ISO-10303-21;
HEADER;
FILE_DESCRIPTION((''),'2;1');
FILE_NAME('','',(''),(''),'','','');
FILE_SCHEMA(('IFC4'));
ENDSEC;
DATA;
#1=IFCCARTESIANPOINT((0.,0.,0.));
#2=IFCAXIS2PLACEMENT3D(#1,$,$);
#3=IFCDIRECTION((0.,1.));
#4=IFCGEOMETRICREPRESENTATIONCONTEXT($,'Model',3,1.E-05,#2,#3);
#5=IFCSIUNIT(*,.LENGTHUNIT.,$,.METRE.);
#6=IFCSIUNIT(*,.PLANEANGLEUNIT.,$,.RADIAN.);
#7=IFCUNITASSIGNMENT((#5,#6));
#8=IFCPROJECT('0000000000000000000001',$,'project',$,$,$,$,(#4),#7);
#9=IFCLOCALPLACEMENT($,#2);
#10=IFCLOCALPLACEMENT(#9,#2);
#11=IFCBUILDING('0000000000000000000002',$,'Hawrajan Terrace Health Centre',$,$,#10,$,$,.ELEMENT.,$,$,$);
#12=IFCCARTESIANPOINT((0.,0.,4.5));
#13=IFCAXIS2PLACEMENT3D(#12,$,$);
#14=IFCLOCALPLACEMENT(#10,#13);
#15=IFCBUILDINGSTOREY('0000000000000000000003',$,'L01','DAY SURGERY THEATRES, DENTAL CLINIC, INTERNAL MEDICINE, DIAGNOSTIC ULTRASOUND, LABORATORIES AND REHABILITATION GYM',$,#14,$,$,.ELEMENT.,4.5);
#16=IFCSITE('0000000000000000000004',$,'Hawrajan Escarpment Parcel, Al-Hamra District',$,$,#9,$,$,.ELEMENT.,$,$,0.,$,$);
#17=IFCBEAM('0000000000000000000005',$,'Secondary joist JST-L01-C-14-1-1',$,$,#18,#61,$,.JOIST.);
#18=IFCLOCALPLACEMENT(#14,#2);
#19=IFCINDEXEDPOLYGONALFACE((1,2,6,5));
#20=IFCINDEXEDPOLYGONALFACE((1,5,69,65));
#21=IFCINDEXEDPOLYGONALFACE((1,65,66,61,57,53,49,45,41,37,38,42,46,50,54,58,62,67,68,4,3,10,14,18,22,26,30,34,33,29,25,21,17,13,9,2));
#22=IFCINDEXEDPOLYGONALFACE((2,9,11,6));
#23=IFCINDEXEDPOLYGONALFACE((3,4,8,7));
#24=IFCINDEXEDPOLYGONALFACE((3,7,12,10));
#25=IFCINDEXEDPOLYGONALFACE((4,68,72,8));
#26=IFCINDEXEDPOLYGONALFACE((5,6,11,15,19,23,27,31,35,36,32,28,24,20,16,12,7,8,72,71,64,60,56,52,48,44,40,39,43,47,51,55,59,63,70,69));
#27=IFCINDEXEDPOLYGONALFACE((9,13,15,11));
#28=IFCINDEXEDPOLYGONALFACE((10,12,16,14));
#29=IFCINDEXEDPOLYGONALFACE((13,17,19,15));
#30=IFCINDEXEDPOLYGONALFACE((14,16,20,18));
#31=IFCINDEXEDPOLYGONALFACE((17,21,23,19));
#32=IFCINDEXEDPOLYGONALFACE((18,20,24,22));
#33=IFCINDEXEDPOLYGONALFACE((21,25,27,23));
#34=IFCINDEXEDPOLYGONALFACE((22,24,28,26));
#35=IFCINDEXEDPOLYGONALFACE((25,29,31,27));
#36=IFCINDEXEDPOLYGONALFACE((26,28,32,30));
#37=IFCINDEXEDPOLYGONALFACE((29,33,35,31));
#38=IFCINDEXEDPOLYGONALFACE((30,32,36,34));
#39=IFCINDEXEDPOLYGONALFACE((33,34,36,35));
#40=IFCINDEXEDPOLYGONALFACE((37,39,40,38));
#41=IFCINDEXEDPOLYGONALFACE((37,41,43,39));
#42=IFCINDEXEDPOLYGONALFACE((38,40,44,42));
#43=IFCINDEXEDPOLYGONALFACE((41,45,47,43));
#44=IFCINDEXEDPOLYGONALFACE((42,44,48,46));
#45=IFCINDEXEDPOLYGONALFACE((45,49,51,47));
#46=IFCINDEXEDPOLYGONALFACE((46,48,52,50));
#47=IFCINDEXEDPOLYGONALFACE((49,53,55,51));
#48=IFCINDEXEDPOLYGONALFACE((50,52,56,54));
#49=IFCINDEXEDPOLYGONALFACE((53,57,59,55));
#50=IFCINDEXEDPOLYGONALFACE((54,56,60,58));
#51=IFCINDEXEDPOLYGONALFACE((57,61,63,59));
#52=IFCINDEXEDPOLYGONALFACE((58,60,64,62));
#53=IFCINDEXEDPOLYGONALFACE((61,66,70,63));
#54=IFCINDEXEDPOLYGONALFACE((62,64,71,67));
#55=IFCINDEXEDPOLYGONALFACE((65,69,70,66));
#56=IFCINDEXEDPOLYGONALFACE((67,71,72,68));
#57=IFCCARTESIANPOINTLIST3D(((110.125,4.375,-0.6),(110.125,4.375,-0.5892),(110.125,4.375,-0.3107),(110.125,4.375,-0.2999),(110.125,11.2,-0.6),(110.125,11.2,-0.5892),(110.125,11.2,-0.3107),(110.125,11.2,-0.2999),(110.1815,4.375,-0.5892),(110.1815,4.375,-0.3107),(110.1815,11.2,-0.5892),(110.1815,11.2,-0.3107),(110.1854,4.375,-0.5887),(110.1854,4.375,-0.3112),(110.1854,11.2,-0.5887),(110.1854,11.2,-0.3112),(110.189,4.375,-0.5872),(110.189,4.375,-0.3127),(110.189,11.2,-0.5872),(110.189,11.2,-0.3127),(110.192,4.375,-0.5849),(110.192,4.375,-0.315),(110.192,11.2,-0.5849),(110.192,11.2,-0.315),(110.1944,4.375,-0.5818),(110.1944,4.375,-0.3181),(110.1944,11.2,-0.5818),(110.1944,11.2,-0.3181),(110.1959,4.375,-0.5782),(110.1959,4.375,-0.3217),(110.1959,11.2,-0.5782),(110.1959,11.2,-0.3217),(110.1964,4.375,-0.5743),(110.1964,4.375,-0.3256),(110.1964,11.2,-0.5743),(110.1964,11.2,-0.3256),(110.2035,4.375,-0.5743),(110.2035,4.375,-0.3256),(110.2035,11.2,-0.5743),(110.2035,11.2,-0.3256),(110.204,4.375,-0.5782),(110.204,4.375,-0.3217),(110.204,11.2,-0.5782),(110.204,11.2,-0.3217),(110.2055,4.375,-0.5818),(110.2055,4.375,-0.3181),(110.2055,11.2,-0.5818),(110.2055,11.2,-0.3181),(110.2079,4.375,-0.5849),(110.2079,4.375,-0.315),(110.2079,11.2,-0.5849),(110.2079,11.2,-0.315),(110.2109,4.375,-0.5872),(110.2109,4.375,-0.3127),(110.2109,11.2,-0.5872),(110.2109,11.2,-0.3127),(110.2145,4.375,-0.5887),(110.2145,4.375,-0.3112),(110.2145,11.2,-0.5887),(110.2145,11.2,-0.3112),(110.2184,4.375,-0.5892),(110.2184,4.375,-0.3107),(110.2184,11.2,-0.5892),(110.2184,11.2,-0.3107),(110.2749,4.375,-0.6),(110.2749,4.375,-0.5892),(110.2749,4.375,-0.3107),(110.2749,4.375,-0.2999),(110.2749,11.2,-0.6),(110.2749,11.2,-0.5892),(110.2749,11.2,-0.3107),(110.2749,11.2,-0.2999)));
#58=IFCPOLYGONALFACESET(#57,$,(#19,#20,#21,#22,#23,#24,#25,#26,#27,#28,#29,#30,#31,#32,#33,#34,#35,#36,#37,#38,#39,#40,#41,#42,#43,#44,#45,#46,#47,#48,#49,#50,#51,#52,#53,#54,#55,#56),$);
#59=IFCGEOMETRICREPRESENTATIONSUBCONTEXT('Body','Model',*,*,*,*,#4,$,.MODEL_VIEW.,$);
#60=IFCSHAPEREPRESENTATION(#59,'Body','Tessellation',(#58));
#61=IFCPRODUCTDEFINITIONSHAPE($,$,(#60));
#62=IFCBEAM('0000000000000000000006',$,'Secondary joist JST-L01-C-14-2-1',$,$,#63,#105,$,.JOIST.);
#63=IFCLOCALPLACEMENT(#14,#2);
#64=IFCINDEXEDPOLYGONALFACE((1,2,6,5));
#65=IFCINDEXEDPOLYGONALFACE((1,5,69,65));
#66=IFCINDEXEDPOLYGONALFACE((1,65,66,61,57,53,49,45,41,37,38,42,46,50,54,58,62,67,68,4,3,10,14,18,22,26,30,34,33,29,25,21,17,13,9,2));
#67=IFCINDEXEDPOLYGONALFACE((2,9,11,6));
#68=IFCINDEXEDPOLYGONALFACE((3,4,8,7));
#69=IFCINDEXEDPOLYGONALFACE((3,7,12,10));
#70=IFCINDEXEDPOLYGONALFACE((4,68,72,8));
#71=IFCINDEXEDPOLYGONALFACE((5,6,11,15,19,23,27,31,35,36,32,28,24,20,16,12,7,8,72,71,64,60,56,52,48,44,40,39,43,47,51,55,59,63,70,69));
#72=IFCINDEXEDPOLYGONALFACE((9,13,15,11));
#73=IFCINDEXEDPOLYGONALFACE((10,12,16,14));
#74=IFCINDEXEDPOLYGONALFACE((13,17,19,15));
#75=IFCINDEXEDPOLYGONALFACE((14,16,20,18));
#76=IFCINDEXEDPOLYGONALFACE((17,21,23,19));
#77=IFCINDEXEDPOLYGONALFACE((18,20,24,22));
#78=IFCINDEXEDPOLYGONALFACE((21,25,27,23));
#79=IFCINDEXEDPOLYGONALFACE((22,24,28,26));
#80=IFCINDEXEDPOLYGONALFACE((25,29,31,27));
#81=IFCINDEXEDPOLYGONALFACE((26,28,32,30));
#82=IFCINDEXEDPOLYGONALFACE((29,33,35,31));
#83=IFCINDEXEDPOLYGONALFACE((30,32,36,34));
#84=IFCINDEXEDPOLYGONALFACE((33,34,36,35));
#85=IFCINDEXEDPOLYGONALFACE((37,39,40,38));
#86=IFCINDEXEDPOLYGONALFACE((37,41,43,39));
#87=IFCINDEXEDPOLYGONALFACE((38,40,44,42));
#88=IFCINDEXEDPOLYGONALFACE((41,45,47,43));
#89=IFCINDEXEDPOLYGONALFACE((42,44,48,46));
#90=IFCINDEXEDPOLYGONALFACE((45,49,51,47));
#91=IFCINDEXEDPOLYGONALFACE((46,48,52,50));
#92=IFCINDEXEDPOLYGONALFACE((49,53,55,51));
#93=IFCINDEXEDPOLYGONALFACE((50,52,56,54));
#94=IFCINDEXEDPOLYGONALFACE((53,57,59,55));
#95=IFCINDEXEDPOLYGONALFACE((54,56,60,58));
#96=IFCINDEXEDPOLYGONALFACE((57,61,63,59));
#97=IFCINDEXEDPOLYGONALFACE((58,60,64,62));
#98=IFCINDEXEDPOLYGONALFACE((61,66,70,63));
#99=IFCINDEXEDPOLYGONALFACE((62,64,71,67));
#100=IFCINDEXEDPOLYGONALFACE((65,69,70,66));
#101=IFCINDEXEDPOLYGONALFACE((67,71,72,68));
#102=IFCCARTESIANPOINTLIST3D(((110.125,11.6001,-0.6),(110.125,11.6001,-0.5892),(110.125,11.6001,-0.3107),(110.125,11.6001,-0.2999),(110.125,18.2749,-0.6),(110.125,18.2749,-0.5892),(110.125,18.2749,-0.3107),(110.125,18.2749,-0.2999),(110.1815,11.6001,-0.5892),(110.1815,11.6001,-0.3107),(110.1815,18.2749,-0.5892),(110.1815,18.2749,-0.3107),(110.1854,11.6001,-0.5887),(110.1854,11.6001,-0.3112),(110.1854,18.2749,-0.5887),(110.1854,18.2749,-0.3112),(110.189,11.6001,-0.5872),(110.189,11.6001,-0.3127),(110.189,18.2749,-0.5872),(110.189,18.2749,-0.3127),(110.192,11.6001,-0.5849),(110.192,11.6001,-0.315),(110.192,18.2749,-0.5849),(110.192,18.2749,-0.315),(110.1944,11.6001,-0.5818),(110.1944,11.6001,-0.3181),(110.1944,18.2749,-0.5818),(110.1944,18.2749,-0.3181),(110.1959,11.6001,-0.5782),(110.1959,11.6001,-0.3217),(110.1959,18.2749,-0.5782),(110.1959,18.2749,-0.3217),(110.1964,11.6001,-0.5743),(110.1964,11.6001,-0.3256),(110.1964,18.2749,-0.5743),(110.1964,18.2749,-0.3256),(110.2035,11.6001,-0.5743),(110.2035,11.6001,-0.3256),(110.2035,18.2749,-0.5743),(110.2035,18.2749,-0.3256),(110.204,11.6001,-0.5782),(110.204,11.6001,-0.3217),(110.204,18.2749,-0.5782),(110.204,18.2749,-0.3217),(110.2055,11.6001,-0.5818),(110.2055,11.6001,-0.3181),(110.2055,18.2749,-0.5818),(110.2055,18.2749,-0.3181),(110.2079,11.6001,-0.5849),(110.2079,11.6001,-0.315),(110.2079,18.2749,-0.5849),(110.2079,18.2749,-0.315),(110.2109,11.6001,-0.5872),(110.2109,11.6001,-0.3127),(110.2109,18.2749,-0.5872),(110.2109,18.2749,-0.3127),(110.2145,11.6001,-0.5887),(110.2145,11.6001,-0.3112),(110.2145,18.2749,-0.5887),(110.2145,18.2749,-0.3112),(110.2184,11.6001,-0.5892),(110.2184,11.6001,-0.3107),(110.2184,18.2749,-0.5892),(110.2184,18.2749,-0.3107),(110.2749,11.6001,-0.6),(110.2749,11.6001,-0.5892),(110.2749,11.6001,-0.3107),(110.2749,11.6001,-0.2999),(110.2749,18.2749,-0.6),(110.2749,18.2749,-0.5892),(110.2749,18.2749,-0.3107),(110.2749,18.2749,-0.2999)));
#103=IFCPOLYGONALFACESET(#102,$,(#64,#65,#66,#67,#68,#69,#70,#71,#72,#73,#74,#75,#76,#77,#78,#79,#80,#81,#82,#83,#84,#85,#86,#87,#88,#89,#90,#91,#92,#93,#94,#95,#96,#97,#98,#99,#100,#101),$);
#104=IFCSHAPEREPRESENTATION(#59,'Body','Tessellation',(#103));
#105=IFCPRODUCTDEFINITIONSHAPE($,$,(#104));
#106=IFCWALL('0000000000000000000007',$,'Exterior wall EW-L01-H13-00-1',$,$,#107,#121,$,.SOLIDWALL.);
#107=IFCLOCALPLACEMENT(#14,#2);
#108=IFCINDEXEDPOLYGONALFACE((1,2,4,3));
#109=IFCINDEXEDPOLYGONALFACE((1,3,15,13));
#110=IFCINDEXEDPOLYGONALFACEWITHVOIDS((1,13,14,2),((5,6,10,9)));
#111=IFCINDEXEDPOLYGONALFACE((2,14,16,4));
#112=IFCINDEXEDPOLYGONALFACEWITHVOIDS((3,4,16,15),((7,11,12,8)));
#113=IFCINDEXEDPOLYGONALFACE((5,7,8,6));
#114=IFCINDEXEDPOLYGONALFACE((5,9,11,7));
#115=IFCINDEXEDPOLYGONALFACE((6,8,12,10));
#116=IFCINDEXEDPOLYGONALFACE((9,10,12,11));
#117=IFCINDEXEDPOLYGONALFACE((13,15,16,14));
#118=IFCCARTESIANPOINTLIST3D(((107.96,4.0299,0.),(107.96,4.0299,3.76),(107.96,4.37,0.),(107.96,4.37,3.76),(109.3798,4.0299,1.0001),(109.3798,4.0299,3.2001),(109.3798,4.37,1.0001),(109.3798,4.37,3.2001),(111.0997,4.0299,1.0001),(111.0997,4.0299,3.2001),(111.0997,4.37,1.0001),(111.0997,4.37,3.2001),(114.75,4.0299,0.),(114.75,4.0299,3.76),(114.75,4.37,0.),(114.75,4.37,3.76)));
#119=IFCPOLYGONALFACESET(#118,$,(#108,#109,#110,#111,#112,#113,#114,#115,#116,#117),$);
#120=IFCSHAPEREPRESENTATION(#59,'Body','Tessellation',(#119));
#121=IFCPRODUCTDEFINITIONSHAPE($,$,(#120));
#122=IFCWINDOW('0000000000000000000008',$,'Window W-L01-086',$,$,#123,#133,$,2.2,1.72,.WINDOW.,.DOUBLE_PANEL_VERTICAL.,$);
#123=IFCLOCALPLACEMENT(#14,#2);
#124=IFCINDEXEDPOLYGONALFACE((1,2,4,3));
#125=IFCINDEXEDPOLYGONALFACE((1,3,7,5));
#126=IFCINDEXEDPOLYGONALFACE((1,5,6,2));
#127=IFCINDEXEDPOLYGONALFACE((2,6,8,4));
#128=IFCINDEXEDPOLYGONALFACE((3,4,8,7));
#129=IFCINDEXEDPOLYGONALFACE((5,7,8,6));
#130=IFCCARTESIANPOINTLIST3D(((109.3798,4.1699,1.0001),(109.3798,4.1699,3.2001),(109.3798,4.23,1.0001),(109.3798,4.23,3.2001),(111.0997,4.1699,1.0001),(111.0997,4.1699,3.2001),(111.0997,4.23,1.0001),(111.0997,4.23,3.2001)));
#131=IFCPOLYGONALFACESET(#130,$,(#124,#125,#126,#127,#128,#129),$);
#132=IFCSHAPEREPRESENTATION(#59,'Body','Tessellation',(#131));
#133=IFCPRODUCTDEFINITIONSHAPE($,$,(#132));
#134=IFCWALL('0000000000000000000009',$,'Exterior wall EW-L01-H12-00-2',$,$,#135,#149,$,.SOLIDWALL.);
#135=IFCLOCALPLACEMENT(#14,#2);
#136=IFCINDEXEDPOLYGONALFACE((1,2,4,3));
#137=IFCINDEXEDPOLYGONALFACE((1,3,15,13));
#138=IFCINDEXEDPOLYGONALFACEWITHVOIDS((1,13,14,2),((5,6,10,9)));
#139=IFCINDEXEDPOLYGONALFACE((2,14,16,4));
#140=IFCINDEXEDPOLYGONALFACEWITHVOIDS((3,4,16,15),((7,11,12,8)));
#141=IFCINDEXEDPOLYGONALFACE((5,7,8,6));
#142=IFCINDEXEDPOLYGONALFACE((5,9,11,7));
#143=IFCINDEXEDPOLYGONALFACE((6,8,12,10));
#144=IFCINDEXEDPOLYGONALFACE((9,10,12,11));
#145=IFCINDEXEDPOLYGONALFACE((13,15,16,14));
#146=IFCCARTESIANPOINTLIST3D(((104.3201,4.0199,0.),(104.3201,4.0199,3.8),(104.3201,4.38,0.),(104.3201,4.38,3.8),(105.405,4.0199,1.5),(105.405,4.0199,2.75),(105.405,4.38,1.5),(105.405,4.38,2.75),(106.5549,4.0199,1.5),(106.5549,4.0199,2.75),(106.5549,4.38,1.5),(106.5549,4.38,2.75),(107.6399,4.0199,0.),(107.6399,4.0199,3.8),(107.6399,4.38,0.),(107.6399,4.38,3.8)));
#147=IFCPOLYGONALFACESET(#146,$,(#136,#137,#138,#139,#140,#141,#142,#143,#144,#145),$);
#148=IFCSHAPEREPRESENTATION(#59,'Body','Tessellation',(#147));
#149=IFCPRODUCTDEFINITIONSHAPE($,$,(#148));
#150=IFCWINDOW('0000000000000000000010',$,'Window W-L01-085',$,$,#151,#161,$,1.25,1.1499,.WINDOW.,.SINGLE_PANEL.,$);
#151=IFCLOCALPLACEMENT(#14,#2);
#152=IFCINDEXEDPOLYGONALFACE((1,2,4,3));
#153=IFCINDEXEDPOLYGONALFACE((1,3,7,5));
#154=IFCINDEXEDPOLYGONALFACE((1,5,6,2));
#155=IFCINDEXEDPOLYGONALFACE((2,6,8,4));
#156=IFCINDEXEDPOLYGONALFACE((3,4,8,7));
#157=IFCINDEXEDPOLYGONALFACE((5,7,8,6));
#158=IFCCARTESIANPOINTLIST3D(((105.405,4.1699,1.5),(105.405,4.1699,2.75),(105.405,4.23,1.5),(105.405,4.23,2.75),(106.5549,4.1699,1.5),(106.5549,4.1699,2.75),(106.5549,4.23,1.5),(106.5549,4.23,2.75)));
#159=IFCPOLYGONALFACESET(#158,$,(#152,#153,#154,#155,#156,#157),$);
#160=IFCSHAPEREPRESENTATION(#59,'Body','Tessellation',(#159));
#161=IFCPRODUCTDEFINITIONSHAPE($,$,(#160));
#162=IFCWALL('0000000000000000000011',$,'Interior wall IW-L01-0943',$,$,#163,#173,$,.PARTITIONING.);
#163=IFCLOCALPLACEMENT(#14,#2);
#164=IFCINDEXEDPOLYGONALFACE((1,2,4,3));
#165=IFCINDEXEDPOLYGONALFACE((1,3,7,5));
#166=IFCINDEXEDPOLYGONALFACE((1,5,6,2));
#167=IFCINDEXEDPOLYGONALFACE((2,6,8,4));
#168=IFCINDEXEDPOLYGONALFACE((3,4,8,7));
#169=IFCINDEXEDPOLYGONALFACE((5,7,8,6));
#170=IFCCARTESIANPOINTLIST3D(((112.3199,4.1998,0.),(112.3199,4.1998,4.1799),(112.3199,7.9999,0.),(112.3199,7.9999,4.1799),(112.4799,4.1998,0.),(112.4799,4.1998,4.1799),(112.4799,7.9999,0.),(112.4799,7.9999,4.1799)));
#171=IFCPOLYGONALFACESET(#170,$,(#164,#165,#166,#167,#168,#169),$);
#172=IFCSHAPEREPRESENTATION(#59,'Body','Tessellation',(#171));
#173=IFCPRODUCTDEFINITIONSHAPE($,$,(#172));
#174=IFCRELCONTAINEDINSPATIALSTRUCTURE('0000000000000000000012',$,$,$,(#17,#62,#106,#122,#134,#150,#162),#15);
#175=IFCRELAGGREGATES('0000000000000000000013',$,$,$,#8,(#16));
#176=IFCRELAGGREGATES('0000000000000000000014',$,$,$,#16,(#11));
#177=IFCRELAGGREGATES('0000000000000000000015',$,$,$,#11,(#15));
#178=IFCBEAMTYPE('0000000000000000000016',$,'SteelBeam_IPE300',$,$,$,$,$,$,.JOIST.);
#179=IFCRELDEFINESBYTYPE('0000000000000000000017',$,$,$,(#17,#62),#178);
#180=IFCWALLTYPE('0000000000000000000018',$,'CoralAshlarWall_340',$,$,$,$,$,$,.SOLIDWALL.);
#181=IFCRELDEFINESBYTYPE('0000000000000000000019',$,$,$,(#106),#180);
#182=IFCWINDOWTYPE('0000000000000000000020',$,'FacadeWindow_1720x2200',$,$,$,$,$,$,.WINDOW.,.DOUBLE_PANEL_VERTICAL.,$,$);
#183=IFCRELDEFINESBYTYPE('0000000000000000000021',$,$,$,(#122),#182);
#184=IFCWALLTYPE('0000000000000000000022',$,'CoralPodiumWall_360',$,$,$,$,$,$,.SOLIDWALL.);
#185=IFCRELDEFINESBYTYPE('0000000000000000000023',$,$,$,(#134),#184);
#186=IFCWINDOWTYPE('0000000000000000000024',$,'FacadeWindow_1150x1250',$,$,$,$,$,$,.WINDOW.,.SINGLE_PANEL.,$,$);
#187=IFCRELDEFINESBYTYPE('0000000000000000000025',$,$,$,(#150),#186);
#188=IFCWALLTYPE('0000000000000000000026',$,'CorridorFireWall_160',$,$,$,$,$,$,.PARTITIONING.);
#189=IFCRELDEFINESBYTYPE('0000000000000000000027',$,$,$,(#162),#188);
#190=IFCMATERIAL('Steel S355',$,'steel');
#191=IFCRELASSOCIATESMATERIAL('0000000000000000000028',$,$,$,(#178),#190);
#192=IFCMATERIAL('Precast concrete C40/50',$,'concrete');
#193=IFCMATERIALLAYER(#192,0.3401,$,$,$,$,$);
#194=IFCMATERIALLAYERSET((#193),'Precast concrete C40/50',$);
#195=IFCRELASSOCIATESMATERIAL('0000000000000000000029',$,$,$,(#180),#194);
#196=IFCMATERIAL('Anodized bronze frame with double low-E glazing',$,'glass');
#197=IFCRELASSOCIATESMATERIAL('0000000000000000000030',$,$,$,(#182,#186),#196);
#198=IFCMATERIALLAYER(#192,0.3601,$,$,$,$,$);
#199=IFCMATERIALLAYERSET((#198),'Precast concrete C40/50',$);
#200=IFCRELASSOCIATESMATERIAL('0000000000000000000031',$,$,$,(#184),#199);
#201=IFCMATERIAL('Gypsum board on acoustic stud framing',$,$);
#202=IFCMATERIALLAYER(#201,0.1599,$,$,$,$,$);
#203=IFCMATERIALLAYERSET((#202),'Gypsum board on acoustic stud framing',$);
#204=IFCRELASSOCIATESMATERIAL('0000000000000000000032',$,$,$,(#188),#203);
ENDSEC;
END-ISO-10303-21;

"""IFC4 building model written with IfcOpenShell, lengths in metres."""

from ifc_helpers import new_model, si_unit, direction, frame, frame_2d, origin, origin_2d, place, context, subcontext, project, spatial, rectangle, i_section, extrude, material, layer, layer_set, material_profile, profile_set, type_object, element, fill, save


model = new_model("IFC4")

# Units and contexts
model_context = context("Model", 3, precision=1e-05, world=origin(), true_north=direction((0.0, 1.0)))
body_context = subcontext(model_context, "Body", "Model", "MODEL_VIEW")
ifc_project = project(units=[si_unit("LENGTHUNIT", "METRE"), si_unit("PLANEANGLEUNIT", "RADIAN")], contexts=[model_context])

# Site, building, storey
site_placement = place(None, origin())
site = spatial("IfcSite", under=ifc_project, at=site_placement, Name="Hawrajan Escarpment Parcel, Al-Hamra District", CompositionType="ELEMENT", RefElevation=0.0)
building_placement = place(site_placement, origin())
building = spatial("IfcBuilding", under=site, at=building_placement, Name="Hawrajan Terrace Health Centre", CompositionType="ELEMENT")
storey_placement = place(building_placement, frame((0.0, 0.0, 4.5)))
storey = spatial("IfcBuildingStorey", under=building, at=storey_placement, Name="L01", Description="DAY SURGERY THEATRES, DENTAL CLINIC, INTERNAL MEDICINE, DIAGNOSTIC ULTRASOUND, LABORATORIES AND REHABILITATION GYM", CompositionType="ELEMENT", Elevation=4.5)

# Beams
ifc_material_1 = material(Name="Steel S355", Category="steel")
ifc_material_profile_1 = material_profile(ifc_material_1, i_section(OverallWidth=0.1499, OverallDepth=0.3, WebThickness=0.0071, FlangeThickness=0.0107, FilletRadius=0.0149, at=origin_2d()), Name="IPE 300")
ifc_profile_set_1 = profile_set([ifc_material_profile_1], Name="Steel S355")
beam_type_1 = type_object("IfcBeamType", Name="SteelBeam_IPE300", PredefinedType="JOIST", material=ifc_profile_set_1)
beam_1_placement = place(storey_placement, frame((110.2, 4.375, -0.45), z_axis=(0.0, 1.0, 0.0), x_axis=(-1.0, 0.0, 0.0)))
element("IfcBeam", 1, at=beam_1_placement, inside=storey, type_object=beam_type_1, Name="Secondary joist JST-L01-C-14-1-1", PredefinedType="JOIST", context=body_context, shape_type="SweptSolid", body=[
    extrude(i_section(OverallWidth=0.1499, OverallDepth=0.3, WebThickness=0.0071, FlangeThickness=0.0107, FilletRadius=0.0149, at=origin_2d()), origin(), (0.0, 0.0, 1.0), 6.825),
])
beam_2_placement = place(storey_placement, frame((110.2, 11.6001, -0.45), z_axis=(0.0, 1.0, 0.0), x_axis=(-1.0, 0.0, 0.0)))
element("IfcBeam", 2, at=beam_2_placement, inside=storey, type_object=beam_type_1, Name="Secondary joist JST-L01-C-14-2-1", PredefinedType="JOIST", context=body_context, shape_type="SweptSolid", body=[
    extrude(i_section(OverallWidth=0.1499, OverallDepth=0.3, WebThickness=0.0071, FlangeThickness=0.0107, FilletRadius=0.0149, at=origin_2d()), origin(), (0.0, 0.0, 1.0), 6.6748),
])

# Walls, openings, windows
ifc_material_2 = material(Name="Precast concrete C40/50", Category="concrete")
ifc_layer_1 = layer(ifc_material_2, 0.3401)
ifc_layer_set_1 = layer_set([ifc_layer_1], Name="Precast concrete C40/50")
wall_type_1 = type_object("IfcWallType", Name="CoralAshlarWall_340", PredefinedType="SOLIDWALL", material=ifc_layer_set_1)
wall_1_placement = place(storey_placement, frame((107.96, 4.2, 0.0), z_axis=(0.0, 0.0, 1.0), x_axis=(1.0, 0.0, 0.0)))
wall_1 = element("IfcWall", 3, at=wall_1_placement, inside=storey, type_object=wall_type_1, Name="Exterior wall EW-L01-H13-00-1", PredefinedType="SOLIDWALL", context=body_context, shape_type="SweptSolid", body=[
    extrude(rectangle(XDim=6.79, YDim=0.3401, at=frame_2d((3.395, 0.0))), origin(), (0.0, 0.0, 1.0), 3.76),
])
opening_1_placement = place(wall_1_placement, frame((1.4199, 0.0, 1.0)))
opening_1 = element("IfcOpeningElement", 4, at=opening_1_placement, cuts=wall_1, PredefinedType="OPENING", context=body_context, shape_type="SweptSolid", body=[
    extrude(rectangle(XDim=1.72, YDim=2.2, at=frame_2d((0.8599, 1.1001))), frame((0.0, 0.1799, 0.0), z_axis=(0.0, -1.0, 0.0), x_axis=(1.0, 0.0, 0.0)), (0.0, 0.0, 1.0), 0.3601),
])
ifc_material_3 = material(Name="Anodized bronze frame with double low-E glazing", Category="glass")
window_type_1 = type_object("IfcWindowType", Name="FacadeWindow_1720x2200", PartitioningType="DOUBLE_PANEL_VERTICAL", PredefinedType="WINDOW", material=ifc_material_3)
window_1_placement = place(opening_1_placement, origin())
window_1 = element("IfcWindow", 5, at=window_1_placement, inside=storey, type_object=window_type_1, Name="Window W-L01-086", OverallHeight=2.2, OverallWidth=1.72, PartitioningType="DOUBLE_PANEL_VERTICAL", PredefinedType="WINDOW", context=body_context, shape_type="SweptSolid", body=[
    extrude(rectangle(XDim=1.72, YDim=2.2, at=frame_2d((0.8599, 1.1001))), frame((0.0, 0.03, 0.0), z_axis=(0.0, -1.0, 0.0), x_axis=(1.0, 0.0, 0.0)), (0.0, 0.0, 1.0), 0.0601),
])
fill(opening_1, window_1)
ifc_layer_2 = layer(ifc_material_2, 0.3601)
ifc_layer_set_2 = layer_set([ifc_layer_2], Name="Precast concrete C40/50")
wall_type_2 = type_object("IfcWallType", Name="CoralPodiumWall_360", PredefinedType="SOLIDWALL", material=ifc_layer_set_2)
wall_2_placement = place(storey_placement, frame((104.3201, 4.2, 0.0), z_axis=(0.0, 0.0, 1.0), x_axis=(1.0, 0.0, 0.0)))
wall_2 = element("IfcWall", 6, at=wall_2_placement, inside=storey, type_object=wall_type_2, Name="Exterior wall EW-L01-H12-00-2", PredefinedType="SOLIDWALL", context=body_context, shape_type="SweptSolid", body=[
    extrude(rectangle(XDim=3.3198, YDim=0.3601, at=frame_2d((1.6599, 0.0))), origin(), (0.0, 0.0, 1.0), 3.8),
])
opening_2_placement = place(wall_2_placement, frame((1.085, 0.0, 1.5)))
opening_2 = element("IfcOpeningElement", 7, at=opening_2_placement, cuts=wall_2, PredefinedType="OPENING", context=body_context, shape_type="SweptSolid", body=[
    extrude(rectangle(XDim=1.1499, YDim=1.25, at=frame_2d((0.575, 0.625))), frame((0.0, 0.1899, 0.0), z_axis=(0.0, -1.0, 0.0), x_axis=(1.0, 0.0, 0.0)), (0.0, 0.0, 1.0), 0.3801),
])
window_type_2 = type_object("IfcWindowType", Name="FacadeWindow_1150x1250", PartitioningType="SINGLE_PANEL", PredefinedType="WINDOW", material=ifc_material_3)
window_2_placement = place(opening_2_placement, origin())
window_2 = element("IfcWindow", 8, at=window_2_placement, inside=storey, type_object=window_type_2, Name="Window W-L01-085", OverallHeight=1.25, OverallWidth=1.1499, PartitioningType="SINGLE_PANEL", PredefinedType="WINDOW", context=body_context, shape_type="SweptSolid", body=[
    extrude(rectangle(XDim=1.1499, YDim=1.25, at=frame_2d((0.575, 0.625))), frame((0.0, 0.03, 0.0), z_axis=(0.0, -1.0, 0.0), x_axis=(1.0, 0.0, 0.0)), (0.0, 0.0, 1.0), 0.0601),
])
fill(opening_2, window_2)

# Wall
ifc_material_4 = material(Name="Gypsum board on acoustic stud framing")
ifc_layer_3 = layer(ifc_material_4, 0.1599)
ifc_layer_set_3 = layer_set([ifc_layer_3], Name="Gypsum board on acoustic stud framing")
wall_type_3 = type_object("IfcWallType", Name="CorridorFireWall_160", PredefinedType="PARTITIONING", material=ifc_layer_set_3)
wall_3_placement = place(storey_placement, frame((112.3999, 4.2, 0.0), z_axis=(0.0, 0.0, 1.0), x_axis=(0.0, 1.0, 0.0)))
element("IfcWall", 9, at=wall_3_placement, inside=storey, type_object=wall_type_3, Name="Interior wall IW-L01-0943", PredefinedType="PARTITIONING", context=body_context, shape_type="SweptSolid", body=[
    extrude(rectangle(XDim=3.8, YDim=0.1599, at=frame_2d((1.8999, 0.0))), origin(), (0.0, 0.0, 1.0), 4.1799),
])

save(model, "model.ifc")
